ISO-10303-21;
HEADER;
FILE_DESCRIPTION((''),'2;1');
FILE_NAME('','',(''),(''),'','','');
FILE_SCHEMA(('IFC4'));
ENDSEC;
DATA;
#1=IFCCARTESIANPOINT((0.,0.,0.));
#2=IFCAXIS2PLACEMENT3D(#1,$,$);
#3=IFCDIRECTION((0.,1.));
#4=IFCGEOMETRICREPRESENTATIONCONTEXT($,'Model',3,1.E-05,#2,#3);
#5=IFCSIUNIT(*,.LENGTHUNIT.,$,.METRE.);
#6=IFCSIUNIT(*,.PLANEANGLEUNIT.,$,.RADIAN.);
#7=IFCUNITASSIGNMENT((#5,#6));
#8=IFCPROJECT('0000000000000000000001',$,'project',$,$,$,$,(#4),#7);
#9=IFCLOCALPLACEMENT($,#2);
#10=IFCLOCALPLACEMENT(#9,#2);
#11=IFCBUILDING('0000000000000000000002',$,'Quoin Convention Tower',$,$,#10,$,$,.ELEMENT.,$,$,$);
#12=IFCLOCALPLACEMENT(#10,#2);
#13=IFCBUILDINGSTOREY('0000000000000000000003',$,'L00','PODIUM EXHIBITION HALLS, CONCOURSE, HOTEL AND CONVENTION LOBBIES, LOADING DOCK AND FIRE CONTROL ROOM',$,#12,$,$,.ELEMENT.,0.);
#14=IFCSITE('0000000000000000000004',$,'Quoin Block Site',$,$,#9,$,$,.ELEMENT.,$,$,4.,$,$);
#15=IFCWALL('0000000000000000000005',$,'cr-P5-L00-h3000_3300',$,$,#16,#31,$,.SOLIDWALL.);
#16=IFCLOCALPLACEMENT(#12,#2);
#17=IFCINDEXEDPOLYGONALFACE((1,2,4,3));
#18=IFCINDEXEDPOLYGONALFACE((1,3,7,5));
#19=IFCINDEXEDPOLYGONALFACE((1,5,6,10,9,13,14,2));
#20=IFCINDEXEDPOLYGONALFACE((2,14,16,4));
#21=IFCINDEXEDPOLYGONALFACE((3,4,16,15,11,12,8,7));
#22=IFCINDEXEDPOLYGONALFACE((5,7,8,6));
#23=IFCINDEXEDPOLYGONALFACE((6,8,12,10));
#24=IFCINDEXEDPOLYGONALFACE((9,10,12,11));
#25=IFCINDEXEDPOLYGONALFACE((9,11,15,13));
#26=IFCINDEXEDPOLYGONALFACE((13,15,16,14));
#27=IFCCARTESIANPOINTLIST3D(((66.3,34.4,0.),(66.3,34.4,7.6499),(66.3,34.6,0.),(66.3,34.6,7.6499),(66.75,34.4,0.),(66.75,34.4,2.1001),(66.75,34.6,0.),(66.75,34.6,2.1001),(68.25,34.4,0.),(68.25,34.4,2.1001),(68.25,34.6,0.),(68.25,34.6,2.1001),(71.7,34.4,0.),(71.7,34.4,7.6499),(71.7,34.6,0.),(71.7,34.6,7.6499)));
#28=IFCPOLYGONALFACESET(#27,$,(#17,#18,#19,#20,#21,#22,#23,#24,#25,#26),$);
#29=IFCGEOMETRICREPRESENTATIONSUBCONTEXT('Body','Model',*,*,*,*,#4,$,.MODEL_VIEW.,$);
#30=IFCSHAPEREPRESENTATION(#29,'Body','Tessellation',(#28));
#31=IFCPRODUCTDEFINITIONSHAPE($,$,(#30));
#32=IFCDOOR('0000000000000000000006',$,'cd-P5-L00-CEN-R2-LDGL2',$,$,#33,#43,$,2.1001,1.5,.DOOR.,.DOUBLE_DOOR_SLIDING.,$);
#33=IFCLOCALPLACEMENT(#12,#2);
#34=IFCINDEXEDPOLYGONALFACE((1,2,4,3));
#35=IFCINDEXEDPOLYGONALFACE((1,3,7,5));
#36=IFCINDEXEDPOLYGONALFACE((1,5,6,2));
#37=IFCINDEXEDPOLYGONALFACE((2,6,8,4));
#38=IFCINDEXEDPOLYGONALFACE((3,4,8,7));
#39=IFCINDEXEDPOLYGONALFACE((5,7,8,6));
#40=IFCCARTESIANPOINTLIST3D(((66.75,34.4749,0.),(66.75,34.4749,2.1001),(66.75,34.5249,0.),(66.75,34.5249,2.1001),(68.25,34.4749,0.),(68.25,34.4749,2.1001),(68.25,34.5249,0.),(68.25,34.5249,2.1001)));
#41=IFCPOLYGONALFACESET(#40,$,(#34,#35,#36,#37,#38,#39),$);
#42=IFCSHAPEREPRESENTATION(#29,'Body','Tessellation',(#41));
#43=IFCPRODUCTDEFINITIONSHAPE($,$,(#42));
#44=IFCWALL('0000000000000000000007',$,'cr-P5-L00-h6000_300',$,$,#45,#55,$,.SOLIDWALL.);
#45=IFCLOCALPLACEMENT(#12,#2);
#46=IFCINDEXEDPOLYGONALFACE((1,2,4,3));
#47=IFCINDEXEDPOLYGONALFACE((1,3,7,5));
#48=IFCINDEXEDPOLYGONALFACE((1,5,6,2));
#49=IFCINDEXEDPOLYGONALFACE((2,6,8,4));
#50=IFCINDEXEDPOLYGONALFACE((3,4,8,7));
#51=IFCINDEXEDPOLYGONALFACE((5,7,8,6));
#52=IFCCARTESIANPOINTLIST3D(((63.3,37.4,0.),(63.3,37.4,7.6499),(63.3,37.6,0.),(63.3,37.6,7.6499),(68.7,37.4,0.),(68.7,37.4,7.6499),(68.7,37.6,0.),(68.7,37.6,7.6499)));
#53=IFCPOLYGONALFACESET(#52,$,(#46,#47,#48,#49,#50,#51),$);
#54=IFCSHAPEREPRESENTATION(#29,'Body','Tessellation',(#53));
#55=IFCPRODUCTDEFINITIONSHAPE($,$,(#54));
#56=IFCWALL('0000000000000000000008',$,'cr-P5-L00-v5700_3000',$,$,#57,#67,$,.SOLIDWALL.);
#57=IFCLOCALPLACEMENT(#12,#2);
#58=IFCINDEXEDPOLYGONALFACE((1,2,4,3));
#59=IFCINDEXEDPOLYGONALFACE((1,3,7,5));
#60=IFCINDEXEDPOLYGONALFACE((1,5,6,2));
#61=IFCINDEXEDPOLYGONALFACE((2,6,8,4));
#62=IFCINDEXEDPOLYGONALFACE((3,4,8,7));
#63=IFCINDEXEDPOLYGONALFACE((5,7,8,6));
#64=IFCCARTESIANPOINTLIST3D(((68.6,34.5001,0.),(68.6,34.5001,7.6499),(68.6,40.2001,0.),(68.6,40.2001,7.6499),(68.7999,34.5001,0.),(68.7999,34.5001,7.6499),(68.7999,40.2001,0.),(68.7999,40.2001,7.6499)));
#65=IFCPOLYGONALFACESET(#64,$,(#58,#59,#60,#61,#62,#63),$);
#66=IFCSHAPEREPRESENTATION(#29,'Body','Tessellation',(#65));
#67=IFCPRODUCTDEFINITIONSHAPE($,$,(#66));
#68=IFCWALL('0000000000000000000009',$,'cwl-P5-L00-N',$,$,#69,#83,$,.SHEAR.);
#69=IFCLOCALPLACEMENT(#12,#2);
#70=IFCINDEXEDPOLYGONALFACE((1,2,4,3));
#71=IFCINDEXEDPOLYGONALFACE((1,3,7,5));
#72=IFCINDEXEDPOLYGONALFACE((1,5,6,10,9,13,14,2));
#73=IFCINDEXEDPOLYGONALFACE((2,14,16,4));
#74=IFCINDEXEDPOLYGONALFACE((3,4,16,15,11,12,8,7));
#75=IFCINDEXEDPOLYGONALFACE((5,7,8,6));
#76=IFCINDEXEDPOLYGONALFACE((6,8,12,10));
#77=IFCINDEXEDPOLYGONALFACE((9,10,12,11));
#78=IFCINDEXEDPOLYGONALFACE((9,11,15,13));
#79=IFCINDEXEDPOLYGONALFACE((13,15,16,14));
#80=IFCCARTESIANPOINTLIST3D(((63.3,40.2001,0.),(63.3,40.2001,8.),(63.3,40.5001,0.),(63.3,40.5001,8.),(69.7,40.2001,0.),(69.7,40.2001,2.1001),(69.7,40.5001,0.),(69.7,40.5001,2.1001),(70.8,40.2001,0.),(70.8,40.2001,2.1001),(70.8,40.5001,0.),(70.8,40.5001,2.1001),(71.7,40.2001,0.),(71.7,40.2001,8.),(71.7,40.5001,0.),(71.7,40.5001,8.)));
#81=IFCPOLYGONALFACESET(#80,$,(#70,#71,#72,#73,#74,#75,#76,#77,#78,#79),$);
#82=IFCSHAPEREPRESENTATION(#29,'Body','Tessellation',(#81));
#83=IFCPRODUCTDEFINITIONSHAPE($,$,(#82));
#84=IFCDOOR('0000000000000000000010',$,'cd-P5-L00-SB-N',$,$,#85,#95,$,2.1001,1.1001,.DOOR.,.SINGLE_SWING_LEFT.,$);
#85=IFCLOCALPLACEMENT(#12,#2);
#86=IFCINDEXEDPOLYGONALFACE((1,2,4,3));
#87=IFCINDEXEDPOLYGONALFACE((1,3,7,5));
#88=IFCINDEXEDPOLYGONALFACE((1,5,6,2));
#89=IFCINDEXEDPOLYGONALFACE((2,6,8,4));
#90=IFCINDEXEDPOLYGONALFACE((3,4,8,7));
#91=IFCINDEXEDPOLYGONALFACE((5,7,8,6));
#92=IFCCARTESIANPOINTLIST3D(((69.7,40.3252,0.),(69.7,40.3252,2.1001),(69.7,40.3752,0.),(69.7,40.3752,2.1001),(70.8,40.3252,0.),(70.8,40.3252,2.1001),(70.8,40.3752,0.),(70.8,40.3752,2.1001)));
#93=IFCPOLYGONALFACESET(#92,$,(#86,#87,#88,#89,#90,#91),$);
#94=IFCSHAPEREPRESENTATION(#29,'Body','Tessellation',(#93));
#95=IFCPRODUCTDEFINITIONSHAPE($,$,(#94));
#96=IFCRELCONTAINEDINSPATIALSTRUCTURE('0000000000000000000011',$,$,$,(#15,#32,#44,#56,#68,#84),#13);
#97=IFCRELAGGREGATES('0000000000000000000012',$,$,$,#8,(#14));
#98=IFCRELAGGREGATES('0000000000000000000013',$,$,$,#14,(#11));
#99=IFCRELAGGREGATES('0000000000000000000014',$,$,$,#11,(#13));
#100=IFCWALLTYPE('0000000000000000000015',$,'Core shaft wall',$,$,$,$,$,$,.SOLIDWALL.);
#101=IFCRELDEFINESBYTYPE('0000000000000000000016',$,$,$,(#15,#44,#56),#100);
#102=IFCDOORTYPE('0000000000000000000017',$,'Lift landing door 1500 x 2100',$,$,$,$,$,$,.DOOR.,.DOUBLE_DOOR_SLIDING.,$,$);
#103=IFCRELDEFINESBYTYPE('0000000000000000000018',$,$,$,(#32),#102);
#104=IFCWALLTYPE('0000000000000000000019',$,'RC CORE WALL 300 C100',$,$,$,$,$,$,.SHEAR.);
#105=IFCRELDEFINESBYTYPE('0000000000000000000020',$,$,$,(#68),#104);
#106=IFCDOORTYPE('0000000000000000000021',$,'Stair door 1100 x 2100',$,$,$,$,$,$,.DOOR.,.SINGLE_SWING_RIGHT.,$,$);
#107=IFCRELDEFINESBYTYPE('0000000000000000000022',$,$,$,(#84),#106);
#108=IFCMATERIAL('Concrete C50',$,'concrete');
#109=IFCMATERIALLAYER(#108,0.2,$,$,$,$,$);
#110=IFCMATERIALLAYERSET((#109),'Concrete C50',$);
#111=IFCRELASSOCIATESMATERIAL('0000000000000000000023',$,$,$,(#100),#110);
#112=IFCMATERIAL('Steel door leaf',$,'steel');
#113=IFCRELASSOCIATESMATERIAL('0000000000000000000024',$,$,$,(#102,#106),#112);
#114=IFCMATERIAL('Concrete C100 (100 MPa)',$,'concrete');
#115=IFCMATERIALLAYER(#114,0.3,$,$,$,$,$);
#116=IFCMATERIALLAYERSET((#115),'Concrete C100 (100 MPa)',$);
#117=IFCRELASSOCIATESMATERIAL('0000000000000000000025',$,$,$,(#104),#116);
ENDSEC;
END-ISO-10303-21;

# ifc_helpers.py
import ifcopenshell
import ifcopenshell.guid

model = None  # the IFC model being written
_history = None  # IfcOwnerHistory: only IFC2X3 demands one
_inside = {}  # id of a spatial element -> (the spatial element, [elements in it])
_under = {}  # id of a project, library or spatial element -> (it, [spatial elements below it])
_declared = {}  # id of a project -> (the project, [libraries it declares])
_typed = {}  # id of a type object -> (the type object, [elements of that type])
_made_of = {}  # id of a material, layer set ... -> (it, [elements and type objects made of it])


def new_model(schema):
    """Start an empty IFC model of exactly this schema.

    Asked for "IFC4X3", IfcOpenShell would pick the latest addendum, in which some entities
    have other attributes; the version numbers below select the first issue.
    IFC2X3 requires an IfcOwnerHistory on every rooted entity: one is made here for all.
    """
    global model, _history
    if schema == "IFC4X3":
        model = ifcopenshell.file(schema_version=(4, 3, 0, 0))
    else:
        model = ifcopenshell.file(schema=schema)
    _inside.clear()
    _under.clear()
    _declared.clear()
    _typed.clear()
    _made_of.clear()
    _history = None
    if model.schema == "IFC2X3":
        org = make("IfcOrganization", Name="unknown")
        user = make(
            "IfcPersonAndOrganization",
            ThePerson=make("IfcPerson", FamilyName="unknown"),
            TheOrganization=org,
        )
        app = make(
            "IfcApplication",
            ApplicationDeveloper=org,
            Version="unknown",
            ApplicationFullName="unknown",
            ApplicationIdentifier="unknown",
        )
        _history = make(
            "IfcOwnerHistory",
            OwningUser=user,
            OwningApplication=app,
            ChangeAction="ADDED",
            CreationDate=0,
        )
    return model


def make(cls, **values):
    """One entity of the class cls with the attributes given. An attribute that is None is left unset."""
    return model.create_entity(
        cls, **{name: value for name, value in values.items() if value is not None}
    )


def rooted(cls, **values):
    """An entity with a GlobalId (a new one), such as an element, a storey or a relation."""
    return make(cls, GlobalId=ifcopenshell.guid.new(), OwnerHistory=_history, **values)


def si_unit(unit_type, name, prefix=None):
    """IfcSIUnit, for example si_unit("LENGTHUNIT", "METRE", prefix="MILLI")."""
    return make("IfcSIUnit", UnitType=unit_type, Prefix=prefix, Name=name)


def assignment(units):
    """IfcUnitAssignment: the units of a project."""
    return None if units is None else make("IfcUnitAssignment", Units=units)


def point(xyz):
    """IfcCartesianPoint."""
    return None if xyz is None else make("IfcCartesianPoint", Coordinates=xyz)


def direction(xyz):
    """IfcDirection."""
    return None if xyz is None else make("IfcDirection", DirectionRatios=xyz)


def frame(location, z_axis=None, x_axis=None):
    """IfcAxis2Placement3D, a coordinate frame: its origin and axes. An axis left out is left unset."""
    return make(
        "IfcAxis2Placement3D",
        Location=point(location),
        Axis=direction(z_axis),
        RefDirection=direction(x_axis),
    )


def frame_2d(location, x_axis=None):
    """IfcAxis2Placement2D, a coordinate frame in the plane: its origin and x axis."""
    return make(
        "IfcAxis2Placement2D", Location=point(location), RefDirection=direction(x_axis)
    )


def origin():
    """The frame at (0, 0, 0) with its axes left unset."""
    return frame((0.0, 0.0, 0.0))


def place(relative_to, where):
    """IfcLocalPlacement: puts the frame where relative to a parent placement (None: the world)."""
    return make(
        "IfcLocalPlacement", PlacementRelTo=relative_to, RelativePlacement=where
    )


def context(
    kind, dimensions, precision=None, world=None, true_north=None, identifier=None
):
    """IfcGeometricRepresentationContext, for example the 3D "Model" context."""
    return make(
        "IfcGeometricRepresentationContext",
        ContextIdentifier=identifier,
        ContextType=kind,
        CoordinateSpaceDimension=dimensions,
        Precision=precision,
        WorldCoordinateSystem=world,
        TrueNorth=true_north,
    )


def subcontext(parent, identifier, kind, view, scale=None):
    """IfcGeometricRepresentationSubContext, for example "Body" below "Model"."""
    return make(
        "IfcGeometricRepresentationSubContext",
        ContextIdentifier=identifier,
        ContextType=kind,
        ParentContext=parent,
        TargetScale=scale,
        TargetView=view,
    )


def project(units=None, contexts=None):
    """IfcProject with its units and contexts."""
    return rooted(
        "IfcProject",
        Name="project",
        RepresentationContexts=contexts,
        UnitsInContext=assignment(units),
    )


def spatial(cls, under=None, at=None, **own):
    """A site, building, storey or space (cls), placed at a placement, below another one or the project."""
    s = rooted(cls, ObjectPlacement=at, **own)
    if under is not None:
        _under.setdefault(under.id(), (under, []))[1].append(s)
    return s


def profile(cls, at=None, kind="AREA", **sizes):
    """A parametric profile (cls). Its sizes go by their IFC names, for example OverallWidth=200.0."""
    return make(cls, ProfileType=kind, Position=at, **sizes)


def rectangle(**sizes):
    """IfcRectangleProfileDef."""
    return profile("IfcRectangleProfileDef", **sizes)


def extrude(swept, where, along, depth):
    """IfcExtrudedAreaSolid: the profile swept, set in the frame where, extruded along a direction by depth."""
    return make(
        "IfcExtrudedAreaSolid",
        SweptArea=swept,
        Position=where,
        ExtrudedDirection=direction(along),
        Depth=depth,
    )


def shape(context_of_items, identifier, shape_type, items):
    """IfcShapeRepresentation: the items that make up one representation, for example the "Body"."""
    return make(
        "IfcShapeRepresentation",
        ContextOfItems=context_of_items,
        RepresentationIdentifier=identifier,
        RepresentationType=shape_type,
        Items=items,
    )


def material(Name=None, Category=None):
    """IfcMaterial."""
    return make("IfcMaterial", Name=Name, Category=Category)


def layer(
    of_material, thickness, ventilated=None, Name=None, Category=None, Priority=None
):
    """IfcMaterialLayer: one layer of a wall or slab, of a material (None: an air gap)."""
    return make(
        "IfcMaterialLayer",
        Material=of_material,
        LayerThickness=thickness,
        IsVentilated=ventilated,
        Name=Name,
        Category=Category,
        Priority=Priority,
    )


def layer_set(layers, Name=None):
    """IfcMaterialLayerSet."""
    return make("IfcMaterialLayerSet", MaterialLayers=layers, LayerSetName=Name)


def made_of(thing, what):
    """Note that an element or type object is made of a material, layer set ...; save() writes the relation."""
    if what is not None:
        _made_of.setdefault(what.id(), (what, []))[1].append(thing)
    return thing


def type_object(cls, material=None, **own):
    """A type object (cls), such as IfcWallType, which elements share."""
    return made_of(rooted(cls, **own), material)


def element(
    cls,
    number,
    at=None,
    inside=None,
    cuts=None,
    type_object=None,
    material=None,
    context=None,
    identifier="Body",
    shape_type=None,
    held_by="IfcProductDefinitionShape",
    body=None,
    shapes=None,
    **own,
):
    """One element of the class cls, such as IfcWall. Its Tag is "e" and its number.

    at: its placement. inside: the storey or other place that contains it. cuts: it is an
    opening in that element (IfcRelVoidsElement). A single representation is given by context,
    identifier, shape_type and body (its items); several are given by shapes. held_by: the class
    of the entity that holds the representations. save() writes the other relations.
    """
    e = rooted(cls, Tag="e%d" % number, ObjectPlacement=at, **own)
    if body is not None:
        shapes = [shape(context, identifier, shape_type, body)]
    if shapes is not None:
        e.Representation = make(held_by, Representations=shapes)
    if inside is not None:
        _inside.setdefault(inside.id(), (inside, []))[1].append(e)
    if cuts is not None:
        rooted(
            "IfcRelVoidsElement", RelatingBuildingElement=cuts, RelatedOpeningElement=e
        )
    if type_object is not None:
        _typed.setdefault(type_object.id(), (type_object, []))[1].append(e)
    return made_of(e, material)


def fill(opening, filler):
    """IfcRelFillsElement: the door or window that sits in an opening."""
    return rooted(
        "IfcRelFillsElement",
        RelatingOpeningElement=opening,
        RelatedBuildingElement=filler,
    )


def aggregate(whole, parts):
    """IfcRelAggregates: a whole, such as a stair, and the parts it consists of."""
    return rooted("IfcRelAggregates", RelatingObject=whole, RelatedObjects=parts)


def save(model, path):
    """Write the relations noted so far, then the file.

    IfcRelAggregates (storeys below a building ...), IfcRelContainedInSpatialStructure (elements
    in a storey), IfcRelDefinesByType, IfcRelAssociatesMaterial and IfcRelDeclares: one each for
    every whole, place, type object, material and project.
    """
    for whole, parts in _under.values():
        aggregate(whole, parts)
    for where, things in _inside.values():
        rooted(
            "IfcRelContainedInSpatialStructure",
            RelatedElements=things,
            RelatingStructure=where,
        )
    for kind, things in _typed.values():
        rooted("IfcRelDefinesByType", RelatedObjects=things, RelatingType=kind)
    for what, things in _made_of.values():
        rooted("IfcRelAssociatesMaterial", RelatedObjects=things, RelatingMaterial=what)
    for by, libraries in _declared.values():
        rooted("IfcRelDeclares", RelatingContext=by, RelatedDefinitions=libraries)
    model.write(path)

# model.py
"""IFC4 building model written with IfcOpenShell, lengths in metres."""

from ifc_helpers import new_model, si_unit, direction, frame, frame_2d, origin, place, context, subcontext, project, spatial, rectangle, extrude, material, layer, layer_set, type_object, element, fill, save


model = new_model("IFC4")

# Units and contexts
model_context = context("Model", 3, precision=1e-05, world=origin(), true_north=direction((0.0, 1.0)))
body_context = subcontext(model_context, "Body", "Model", "MODEL_VIEW")
ifc_project = project(units=[si_unit("LENGTHUNIT", "METRE"), si_unit("PLANEANGLEUNIT", "RADIAN")], contexts=[model_context])

# Site, building, storey
site_placement = place(None, origin())
site = spatial("IfcSite", under=ifc_project, at=site_placement, Name="Quoin Block Site", CompositionType="ELEMENT", RefElevation=4.0)
building_placement = place(site_placement, origin())
building = spatial("IfcBuilding", under=site, at=building_placement, Name="Quoin Convention Tower", CompositionType="ELEMENT")
storey_placement = place(building_placement, origin())
storey = spatial("IfcBuildingStorey", under=building, at=storey_placement, Name="L00", Description="PODIUM EXHIBITION HALLS, CONCOURSE, HOTEL AND CONVENTION LOBBIES, LOADING DOCK AND FIRE CONTROL ROOM", CompositionType="ELEMENT", Elevation=0.0)

# Shared definitions
ifc_material_1 = material(Name="Concrete C100 (100 MPa)", Category="concrete")

# Shared definitions
ifc_material_2 = material(Name="Steel door leaf", Category="steel")

# Shared definitions
ifc_material_3 = material(Name="Concrete C50", Category="concrete")
ifc_layer_1 = layer(ifc_material_3, 0.2)
ifc_layer_set_1 = layer_set([ifc_layer_1], Name="Concrete C50")
wall_type_1 = type_object("IfcWallType", Name="Core shaft wall", PredefinedType="SOLIDWALL", material=ifc_layer_set_1)

# Wall, opening, door
wall_1_placement = place(storey_placement, frame((66.3, 34.5, 0.0), z_axis=(0.0, 0.0, 1.0), x_axis=(1.0, 0.0, 0.0)))
wall_1 = element("IfcWall", 1, at=wall_1_placement, inside=storey, type_object=wall_type_1, Name="cr-P5-L00-h3000_3300", PredefinedType="SOLIDWALL", context=body_context, shape_type="SweptSolid", body=[
    extrude(rectangle(XDim=5.3999, YDim=0.2, at=frame_2d((2.7, 0.0))), origin(), (0.0, 0.0, 1.0), 7.6499),
])
opening_1_placement = place(wall_1_placement, frame((0.45, 0.0, 0.0)))
opening_1 = element("IfcOpeningElement", 2, at=opening_1_placement, cuts=wall_1, PredefinedType="OPENING", context=body_context, shape_type="SweptSolid", body=[
    extrude(rectangle(XDim=1.5, YDim=2.1001, at=frame_2d((0.75, 1.05))), frame((0.0, 0.1099, 0.0), z_axis=(0.0, -1.0, 0.0), x_axis=(1.0, 0.0, 0.0)), (0.0, 0.0, 1.0), 0.22),
])
door_type_1 = type_object("IfcDoorType", Name="Lift landing door 1500 x 2100", OperationType="DOUBLE_DOOR_SLIDING", PredefinedType="DOOR", material=ifc_material_2)
door_1_placement = place(opening_1_placement, origin())
door_1 = element("IfcDoor", 3, at=door_1_placement, inside=storey, type_object=door_type_1, Name="cd-P5-L00-CEN-R2-LDGL2", OperationType="DOUBLE_DOOR_SLIDING", OverallHeight=2.1001, OverallWidth=1.5, PredefinedType="DOOR", context=body_context, shape_type="SweptSolid", body=[
    extrude(rectangle(XDim=1.5, YDim=2.1001, at=frame_2d((0.75, 1.05))), frame((0.0, 0.0249, 0.0), z_axis=(0.0, -1.0, 0.0), x_axis=(1.0, 0.0, 0.0)), (0.0, 0.0, 1.0), 0.05),
])
fill(opening_1, door_1)

# Walls
wall_2_placement = place(storey_placement, frame((63.3, 37.5, 0.0), z_axis=(0.0, 0.0, 1.0), x_axis=(1.0, 0.0, 0.0)))
element("IfcWall", 4, at=wall_2_placement, inside=storey, type_object=wall_type_1, Name="cr-P5-L00-h6000_300", PredefinedType="SOLIDWALL", context=body_context, shape_type="SweptSolid", body=[
    extrude(rectangle(XDim=5.3999, YDim=0.2, at=frame_2d((2.7, 0.0))), origin(), (0.0, 0.0, 1.0), 7.6499),
])
wall_3_placement = place(storey_placement, frame((68.7, 34.5, 0.0), z_axis=(0.0, 0.0, 1.0), x_axis=(0.0, 1.0, 0.0)))
element("IfcWall", 5, at=wall_3_placement, inside=storey, type_object=wall_type_1, Name="cr-P5-L00-v5700_3000", PredefinedType="SOLIDWALL", context=body_context, shape_type="SweptSolid", body=[
    extrude(rectangle(XDim=5.7, YDim=0.2, at=frame_2d((2.8501, 0.0))), origin(), (0.0, 0.0, 1.0), 7.6499),
])

# Wall, opening, door
ifc_layer_2 = layer(ifc_material_1, 0.3)
ifc_layer_set_2 = layer_set([ifc_layer_2], Name="Concrete C100 (100 MPa)")
wall_type_2 = type_object("IfcWallType", Name="RC CORE WALL 300 C100", PredefinedType="SHEAR", material=ifc_layer_set_2)
wall_4_placement = place(storey_placement, frame((63.3, 40.3501, 0.0), z_axis=(0.0, 0.0, 1.0), x_axis=(1.0, 0.0, 0.0)))
wall_4 = element("IfcWall", 6, at=wall_4_placement, inside=storey, type_object=wall_type_2, Name="cwl-P5-L00-N", PredefinedType="SHEAR", context=body_context, shape_type="SweptSolid", body=[
    extrude(rectangle(XDim=8.3999, YDim=0.3, at=frame_2d((4.2, 0.0))), origin(), (0.0, 0.0, 1.0), 8.0),
])
opening_2_placement = place(wall_4_placement, frame((6.3999, 0.0, 0.0)))
opening_2 = element("IfcOpeningElement", 7, at=opening_2_placement, cuts=wall_4, PredefinedType="OPENING", context=body_context, shape_type="SweptSolid", body=[
    extrude(rectangle(XDim=1.1001, YDim=2.1001, at=frame_2d((0.55, 1.05))), frame((0.0, 0.1599, 0.0), z_axis=(0.0, -1.0, 0.0), x_axis=(1.0, 0.0, 0.0)), (0.0, 0.0, 1.0), 0.3201),
])
door_type_2 = type_object("IfcDoorType", Name="Stair door 1100 x 2100", OperationType="SINGLE_SWING_RIGHT", PredefinedType="DOOR", material=ifc_material_2)
door_2_placement = place(opening_2_placement, frame((1.1001, 0.0, 0.0), z_axis=(0.0, 0.0, 1.0), x_axis=(-1.0, 0.0, 0.0)))
door_2 = element("IfcDoor", 8, at=door_2_placement, inside=storey, type_object=door_type_2, Name="cd-P5-L00-SB-N", OperationType="SINGLE_SWING_LEFT", OverallHeight=2.1001, OverallWidth=1.1001, PredefinedType="DOOR", context=body_context, shape_type="SweptSolid", body=[
    extrude(rectangle(XDim=1.1001, YDim=2.1001, at=frame_2d((0.55, 1.05))), frame((0.0, 0.0249, 0.0), z_axis=(0.0, -1.0, 0.0), x_axis=(1.0, 0.0, 0.0)), (0.0, 0.0, 1.0), 0.05),
])
fill(opening_2, door_2)

save(model, "model.ifc")
